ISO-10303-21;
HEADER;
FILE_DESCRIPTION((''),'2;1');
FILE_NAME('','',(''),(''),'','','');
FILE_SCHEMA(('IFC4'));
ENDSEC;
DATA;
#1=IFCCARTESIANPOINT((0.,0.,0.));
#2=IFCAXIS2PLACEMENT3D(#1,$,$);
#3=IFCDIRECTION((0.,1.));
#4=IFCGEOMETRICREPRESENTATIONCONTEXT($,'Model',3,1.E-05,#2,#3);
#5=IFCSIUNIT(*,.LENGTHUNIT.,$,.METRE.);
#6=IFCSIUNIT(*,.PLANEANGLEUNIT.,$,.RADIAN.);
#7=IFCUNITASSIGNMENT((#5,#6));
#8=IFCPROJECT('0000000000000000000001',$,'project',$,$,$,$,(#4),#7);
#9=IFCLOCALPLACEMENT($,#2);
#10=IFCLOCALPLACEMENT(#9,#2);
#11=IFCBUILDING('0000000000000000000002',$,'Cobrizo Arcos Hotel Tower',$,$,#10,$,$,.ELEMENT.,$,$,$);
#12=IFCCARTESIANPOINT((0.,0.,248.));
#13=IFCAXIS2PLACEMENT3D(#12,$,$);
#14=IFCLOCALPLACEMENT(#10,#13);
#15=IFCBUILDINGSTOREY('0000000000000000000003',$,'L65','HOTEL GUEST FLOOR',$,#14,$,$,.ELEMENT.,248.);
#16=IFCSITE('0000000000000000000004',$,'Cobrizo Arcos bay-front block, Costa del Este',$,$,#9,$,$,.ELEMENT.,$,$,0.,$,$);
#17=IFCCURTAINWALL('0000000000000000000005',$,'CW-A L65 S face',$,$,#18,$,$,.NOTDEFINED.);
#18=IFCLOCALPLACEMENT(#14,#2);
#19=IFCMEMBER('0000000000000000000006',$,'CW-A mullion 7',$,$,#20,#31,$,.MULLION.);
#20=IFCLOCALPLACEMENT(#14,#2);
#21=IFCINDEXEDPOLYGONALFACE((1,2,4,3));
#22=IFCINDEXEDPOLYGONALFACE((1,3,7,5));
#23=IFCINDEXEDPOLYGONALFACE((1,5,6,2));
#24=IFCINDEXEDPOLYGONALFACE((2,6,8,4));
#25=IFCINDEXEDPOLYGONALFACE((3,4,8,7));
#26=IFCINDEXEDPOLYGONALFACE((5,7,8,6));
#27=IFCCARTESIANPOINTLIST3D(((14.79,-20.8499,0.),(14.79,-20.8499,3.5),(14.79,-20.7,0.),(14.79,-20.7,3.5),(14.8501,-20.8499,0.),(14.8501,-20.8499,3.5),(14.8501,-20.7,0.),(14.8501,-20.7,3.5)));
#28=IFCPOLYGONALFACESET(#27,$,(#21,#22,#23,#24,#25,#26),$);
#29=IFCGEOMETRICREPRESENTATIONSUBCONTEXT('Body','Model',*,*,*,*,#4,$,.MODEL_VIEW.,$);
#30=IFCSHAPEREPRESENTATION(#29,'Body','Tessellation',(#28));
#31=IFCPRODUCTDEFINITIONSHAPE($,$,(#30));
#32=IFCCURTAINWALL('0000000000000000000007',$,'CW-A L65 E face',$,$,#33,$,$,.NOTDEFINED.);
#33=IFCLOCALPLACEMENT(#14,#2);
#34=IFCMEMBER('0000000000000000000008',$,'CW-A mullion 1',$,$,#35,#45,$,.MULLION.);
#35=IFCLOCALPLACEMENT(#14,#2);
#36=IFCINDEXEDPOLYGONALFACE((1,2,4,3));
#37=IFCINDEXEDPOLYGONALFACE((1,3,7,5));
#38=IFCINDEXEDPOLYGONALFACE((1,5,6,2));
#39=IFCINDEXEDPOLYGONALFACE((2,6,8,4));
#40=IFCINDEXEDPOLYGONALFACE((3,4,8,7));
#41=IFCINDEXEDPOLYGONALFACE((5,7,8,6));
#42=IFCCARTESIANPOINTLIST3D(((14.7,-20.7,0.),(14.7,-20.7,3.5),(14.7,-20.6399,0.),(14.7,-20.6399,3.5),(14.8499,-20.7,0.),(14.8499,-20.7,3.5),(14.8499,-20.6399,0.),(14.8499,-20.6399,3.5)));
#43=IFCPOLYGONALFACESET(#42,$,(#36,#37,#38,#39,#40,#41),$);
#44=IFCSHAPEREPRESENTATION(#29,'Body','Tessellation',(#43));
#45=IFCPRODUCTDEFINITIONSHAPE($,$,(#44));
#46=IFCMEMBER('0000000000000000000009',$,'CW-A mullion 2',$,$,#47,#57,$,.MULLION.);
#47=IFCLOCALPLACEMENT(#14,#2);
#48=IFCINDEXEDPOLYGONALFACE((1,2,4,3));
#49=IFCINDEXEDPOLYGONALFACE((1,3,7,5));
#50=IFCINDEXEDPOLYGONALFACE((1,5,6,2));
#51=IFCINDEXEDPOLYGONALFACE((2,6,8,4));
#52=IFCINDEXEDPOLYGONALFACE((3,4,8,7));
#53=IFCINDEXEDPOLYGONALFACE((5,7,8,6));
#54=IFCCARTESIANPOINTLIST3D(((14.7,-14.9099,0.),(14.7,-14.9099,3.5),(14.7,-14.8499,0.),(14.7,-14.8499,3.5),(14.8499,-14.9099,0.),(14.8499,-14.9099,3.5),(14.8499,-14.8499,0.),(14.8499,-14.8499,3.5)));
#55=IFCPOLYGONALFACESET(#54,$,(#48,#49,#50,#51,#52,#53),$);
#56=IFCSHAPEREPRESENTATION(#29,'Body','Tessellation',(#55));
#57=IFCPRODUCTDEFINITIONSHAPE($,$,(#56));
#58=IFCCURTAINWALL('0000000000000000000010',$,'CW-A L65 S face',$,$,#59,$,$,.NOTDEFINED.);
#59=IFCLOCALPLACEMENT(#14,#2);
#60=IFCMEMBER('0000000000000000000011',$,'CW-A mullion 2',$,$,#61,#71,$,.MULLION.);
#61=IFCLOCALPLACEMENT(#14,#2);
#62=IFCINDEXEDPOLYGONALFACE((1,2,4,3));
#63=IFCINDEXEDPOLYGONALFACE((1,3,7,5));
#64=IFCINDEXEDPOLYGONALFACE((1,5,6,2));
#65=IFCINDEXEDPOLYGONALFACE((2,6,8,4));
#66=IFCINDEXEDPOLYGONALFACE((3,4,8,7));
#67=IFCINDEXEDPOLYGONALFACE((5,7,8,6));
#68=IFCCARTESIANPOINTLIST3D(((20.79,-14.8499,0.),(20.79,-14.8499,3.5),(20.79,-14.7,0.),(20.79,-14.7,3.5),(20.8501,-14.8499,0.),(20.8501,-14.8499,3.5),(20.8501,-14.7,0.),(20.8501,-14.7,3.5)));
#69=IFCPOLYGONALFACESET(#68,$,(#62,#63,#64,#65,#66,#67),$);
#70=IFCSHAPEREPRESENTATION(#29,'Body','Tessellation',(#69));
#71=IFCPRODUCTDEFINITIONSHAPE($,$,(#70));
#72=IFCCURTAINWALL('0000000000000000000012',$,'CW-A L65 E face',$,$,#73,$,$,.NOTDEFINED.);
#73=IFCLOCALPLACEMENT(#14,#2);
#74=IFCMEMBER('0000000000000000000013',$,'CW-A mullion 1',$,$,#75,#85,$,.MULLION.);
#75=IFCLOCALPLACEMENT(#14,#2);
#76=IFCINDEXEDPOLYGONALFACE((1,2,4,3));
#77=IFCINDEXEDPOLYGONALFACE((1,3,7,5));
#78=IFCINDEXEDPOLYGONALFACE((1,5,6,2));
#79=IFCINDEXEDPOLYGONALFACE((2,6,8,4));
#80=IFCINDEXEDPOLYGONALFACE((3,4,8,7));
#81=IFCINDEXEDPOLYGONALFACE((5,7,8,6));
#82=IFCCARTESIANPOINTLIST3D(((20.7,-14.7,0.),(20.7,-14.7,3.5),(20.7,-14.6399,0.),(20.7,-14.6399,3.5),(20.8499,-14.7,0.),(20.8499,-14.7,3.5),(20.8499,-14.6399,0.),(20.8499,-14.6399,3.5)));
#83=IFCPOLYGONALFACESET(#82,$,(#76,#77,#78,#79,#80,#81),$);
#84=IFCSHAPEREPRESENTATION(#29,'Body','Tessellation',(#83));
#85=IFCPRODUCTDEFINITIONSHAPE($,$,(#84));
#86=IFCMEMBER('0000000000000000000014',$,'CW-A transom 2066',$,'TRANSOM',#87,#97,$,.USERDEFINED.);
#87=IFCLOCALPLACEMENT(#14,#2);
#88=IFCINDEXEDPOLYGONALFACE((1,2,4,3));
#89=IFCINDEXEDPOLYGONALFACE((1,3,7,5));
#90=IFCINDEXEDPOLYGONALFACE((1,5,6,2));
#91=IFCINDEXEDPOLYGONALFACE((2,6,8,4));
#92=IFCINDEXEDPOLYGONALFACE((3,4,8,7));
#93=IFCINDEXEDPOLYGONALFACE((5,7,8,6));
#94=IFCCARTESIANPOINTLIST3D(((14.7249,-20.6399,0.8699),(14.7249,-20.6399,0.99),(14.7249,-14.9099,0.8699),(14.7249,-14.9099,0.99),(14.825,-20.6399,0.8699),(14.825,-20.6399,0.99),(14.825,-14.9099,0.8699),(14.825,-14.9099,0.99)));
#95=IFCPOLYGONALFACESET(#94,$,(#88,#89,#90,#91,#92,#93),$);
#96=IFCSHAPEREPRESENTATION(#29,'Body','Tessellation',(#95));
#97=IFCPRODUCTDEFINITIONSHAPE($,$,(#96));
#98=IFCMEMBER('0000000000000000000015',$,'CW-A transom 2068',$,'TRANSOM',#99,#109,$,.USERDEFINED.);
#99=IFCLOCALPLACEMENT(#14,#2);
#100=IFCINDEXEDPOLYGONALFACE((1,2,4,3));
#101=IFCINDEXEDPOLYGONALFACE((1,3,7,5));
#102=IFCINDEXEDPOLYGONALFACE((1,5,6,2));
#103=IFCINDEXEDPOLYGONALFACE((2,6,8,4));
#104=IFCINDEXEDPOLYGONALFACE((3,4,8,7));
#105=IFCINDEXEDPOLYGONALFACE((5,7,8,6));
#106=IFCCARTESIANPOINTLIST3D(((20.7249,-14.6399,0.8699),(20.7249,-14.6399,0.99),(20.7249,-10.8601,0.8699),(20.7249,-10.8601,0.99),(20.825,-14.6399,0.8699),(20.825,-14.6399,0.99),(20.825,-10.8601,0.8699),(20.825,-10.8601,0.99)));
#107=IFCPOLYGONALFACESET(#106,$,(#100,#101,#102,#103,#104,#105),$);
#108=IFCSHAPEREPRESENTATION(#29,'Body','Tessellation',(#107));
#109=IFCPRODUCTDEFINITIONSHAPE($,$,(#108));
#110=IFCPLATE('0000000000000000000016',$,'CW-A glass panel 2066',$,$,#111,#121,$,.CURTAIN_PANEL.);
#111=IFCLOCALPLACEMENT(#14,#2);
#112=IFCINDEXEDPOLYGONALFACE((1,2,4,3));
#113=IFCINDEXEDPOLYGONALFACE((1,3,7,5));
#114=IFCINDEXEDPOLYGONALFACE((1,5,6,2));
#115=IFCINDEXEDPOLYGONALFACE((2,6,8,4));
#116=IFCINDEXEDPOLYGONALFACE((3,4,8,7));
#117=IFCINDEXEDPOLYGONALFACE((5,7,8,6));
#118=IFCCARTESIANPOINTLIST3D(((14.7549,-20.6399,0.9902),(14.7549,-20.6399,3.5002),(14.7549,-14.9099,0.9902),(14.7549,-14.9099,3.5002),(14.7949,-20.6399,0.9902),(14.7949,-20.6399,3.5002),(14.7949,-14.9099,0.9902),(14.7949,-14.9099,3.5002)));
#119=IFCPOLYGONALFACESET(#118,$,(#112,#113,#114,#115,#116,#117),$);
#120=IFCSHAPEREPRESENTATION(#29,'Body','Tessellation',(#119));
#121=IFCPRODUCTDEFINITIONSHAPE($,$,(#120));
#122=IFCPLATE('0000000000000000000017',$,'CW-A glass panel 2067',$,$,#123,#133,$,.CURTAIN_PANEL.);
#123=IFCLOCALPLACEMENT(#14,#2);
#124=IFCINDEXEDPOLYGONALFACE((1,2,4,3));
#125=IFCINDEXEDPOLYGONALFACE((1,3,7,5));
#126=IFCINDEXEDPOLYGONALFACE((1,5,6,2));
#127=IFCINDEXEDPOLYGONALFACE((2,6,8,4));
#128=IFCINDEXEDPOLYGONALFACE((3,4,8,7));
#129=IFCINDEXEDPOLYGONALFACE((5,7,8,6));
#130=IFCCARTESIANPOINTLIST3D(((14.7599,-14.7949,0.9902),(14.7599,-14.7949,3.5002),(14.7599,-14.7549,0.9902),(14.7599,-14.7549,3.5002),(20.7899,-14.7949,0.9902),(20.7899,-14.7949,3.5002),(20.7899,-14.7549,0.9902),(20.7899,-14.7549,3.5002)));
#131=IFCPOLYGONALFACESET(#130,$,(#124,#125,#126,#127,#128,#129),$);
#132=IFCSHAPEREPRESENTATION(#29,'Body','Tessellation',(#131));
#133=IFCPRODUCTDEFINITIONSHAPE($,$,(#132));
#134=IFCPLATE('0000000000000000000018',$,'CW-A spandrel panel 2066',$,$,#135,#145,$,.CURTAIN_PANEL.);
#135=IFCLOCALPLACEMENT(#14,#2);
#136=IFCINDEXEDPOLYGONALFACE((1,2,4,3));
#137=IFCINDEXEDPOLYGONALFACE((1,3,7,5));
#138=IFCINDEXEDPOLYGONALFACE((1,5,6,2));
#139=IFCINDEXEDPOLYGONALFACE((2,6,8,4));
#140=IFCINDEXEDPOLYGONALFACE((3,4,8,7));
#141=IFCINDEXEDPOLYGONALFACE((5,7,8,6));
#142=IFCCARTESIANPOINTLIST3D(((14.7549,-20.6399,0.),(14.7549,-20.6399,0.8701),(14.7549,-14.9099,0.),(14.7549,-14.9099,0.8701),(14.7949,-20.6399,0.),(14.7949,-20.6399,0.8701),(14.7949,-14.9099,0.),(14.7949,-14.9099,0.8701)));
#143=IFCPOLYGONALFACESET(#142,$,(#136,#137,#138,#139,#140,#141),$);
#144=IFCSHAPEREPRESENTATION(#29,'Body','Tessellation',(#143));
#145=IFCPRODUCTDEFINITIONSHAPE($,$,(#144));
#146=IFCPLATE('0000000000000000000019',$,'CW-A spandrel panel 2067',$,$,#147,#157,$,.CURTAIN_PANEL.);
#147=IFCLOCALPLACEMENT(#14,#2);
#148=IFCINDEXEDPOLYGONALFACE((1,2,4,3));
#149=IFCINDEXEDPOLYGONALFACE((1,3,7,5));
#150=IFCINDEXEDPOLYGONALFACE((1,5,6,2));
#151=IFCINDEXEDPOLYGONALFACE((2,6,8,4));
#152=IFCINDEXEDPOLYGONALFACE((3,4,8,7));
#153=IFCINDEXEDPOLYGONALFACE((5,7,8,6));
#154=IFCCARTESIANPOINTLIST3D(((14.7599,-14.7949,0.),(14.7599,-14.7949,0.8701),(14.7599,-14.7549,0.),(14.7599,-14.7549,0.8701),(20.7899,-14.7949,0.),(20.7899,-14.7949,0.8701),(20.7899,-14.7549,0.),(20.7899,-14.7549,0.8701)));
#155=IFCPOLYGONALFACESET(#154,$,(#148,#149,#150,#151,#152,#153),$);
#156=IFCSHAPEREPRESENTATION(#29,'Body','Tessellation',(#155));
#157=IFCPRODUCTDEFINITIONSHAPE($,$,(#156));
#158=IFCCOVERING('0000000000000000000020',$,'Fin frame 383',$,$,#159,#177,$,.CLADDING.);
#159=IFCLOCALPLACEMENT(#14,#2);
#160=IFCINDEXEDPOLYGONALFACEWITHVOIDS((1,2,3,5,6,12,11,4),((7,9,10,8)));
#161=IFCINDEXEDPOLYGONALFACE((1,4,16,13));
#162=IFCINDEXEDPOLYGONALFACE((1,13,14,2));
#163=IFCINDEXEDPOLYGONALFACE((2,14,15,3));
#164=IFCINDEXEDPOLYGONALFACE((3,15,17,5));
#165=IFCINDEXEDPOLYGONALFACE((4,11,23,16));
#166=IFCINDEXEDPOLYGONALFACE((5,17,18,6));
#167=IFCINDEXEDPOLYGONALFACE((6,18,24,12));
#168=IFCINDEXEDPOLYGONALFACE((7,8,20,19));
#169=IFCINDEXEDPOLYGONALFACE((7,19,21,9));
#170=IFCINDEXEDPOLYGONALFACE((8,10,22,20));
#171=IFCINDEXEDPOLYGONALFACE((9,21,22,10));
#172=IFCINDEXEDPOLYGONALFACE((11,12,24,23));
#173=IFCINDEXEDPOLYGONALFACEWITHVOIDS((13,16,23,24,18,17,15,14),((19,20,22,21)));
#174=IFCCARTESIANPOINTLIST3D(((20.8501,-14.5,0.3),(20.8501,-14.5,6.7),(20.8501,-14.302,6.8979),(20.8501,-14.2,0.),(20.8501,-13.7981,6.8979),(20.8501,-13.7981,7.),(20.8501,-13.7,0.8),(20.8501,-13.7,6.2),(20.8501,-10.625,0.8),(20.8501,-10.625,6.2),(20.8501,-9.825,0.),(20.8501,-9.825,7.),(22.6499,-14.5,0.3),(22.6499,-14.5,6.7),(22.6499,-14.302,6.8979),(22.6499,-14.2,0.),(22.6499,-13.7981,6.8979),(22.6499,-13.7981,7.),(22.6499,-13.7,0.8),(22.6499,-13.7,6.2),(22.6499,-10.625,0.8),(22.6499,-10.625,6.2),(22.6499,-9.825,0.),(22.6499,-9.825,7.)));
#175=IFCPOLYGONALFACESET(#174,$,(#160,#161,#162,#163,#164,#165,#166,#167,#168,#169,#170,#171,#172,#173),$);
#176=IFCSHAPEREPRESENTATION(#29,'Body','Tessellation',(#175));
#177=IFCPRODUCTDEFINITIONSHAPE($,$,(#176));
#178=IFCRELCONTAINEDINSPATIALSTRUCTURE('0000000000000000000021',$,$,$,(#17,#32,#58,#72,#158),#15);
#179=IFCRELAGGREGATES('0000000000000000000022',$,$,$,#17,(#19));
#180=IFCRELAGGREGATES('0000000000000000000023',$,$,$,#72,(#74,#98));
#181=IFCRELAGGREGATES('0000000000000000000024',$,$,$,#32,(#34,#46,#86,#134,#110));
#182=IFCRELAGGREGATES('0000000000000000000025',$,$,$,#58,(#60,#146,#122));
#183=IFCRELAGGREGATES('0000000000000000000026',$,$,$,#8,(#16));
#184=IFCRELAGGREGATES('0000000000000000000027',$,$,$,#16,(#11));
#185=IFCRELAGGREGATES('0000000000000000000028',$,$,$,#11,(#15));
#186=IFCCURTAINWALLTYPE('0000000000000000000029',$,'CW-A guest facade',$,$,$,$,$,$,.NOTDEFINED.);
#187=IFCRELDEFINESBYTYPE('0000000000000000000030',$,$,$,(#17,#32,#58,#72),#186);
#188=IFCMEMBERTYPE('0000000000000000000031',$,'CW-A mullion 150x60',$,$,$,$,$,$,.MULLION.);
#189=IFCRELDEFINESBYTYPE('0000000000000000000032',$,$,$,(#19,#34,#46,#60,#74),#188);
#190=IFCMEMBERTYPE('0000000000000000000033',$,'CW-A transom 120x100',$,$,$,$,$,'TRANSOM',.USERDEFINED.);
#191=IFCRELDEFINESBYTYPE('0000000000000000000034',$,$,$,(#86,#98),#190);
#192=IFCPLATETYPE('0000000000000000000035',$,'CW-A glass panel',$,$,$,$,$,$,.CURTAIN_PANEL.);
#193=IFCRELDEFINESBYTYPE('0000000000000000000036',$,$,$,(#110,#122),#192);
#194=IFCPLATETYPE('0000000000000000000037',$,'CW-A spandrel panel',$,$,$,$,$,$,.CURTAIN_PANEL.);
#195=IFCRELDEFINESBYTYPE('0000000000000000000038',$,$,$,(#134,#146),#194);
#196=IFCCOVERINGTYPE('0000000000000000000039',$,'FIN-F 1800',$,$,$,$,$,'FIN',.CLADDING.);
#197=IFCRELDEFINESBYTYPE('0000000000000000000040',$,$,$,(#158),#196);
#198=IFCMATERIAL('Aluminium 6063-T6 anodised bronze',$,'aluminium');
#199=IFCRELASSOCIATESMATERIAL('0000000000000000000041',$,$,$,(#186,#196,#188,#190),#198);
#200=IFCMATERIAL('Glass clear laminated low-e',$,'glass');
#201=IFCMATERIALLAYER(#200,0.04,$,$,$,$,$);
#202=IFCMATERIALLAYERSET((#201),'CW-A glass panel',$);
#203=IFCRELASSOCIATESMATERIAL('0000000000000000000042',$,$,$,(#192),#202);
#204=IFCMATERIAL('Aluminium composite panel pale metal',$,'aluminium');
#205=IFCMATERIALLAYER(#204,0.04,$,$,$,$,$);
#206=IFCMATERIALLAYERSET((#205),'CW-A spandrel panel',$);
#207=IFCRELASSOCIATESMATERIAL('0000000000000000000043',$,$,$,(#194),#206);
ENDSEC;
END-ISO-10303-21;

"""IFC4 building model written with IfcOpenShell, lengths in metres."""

from ifc_helpers import new_model, si_unit, direction, frame, origin, origin_2d, place, context, subcontext, project, spatial, polyline, rectangle, outline, extrude, material, layer, layer_set, material_profile, profile_set, type_object, element, aggregate, save


model = new_model("IFC4")

# Units and contexts
model_context = context("Model", 3, precision=1e-05, world=origin(), true_north=direction((0.0, 1.0)))
body_context = subcontext(model_context, "Body", "Model", "MODEL_VIEW")
ifc_project = project(units=[si_unit("LENGTHUNIT", "METRE"), si_unit("PLANEANGLEUNIT", "RADIAN")], contexts=[model_context])

# Site, building, storey
site_placement = place(None, origin())
site = spatial("IfcSite", under=ifc_project, at=site_placement, Name="Cobrizo Arcos bay-front block, Costa del Este", CompositionType="ELEMENT", RefElevation=0.0)
building_placement = place(site_placement, origin())
building = spatial("IfcBuilding", under=site, at=building_placement, Name="Cobrizo Arcos Hotel Tower", CompositionType="ELEMENT")
storey_placement = place(building_placement, frame((0.0, 0.0, 248.0)))
storey = spatial("IfcBuildingStorey", under=building, at=storey_placement, Name="L65", Description="HOTEL GUEST FLOOR", CompositionType="ELEMENT", Elevation=248.0)

# Curtain wall, member
ifc_material_1 = material(Name="Aluminium 6063-T6 anodised bronze", Category="aluminium")
curtain_wall_type = type_object("IfcCurtainWallType", Name="CW-A guest facade", PredefinedType="NOTDEFINED", material=ifc_material_1)
curtain_wall_1_placement = place(storey_placement, origin())
curtain_wall_1 = element("IfcCurtainWall", 1, at=curtain_wall_1_placement, inside=storey, type_object=curtain_wall_type, Name="CW-A L65 S face", PredefinedType="NOTDEFINED")
ifc_material_profile_1 = material_profile(ifc_material_1, rectangle(XDim=0.1499, YDim=0.0601, at=origin_2d()), Name="CW-A mullion 150x60")
ifc_profile_set_1 = profile_set([ifc_material_profile_1], Name="Aluminium 6063-T6 anodised bronze")
member_type_1 = type_object("IfcMemberType", Name="CW-A mullion 150x60", PredefinedType="MULLION", material=ifc_profile_set_1)
member_1_placement = place(storey_placement, frame((14.8201, -20.7749, 0.0), z_axis=(0.0, 0.0, 1.0), x_axis=(0.0, -1.0, 0.0)))
member_1 = element("IfcMember", 2, at=member_1_placement, type_object=member_type_1, Name="CW-A mullion 7", PredefinedType="MULLION", context=body_context, shape_type="SweptSolid", body=[
    extrude(rectangle(XDim=0.1499, YDim=0.0601, at=origin_2d()), origin(), (0.0, 0.0, 1.0), 3.5),
])
aggregate(curtain_wall_1, [member_1])

# Curtain wall, members
curtain_wall_2_placement = place(storey_placement, origin())
curtain_wall_2 = element("IfcCurtainWall", 3, at=curtain_wall_2_placement, inside=storey, type_object=curtain_wall_type, Name="CW-A L65 E face", PredefinedType="NOTDEFINED")
member_2_placement = place(storey_placement, frame((14.7749, -20.6699, 0.0), z_axis=(0.0, 0.0, 1.0), x_axis=(1.0, 0.0, 0.0)))
member_2 = element("IfcMember", 4, at=member_2_placement, type_object=member_type_1, Name="CW-A mullion 1", PredefinedType="MULLION", context=body_context, shape_type="SweptSolid", body=[
    extrude(rectangle(XDim=0.1499, YDim=0.0601, at=origin_2d()), origin(), (0.0, 0.0, 1.0), 3.5),
])
member_3_placement = place(storey_placement, frame((14.7749, -14.8799, 0.0), z_axis=(0.0, 0.0, 1.0), x_axis=(1.0, 0.0, 0.0)))
member_3 = element("IfcMember", 5, at=member_3_placement, type_object=member_type_1, Name="CW-A mullion 2", PredefinedType="MULLION", context=body_context, shape_type="SweptSolid", body=[
    extrude(rectangle(XDim=0.1499, YDim=0.0601, at=origin_2d()), origin(), (0.0, 0.0, 1.0), 3.5),
])

# Curtain walls, members
curtain_wall_3_placement = place(storey_placement, origin())
curtain_wall_3 = element("IfcCurtainWall", 6, at=curtain_wall_3_placement, inside=storey, type_object=curtain_wall_type, Name="CW-A L65 S face", PredefinedType="NOTDEFINED")
member_4_placement = place(storey_placement, frame((20.8201, -14.7749, 0.0), z_axis=(0.0, 0.0, 1.0), x_axis=(0.0, -1.0, 0.0)))
member_4 = element("IfcMember", 7, at=member_4_placement, type_object=member_type_1, Name="CW-A mullion 2", PredefinedType="MULLION", context=body_context, shape_type="SweptSolid", body=[
    extrude(rectangle(XDim=0.1499, YDim=0.0601, at=origin_2d()), origin(), (0.0, 0.0, 1.0), 3.5),
])
curtain_wall_4_placement = place(storey_placement, origin())
curtain_wall_4 = element("IfcCurtainWall", 8, at=curtain_wall_4_placement, inside=storey, type_object=curtain_wall_type, Name="CW-A L65 E face", PredefinedType="NOTDEFINED")
member_5_placement = place(storey_placement, frame((20.7749, -14.6699, 0.0), z_axis=(0.0, 0.0, 1.0), x_axis=(1.0, 0.0, 0.0)))
member_5 = element("IfcMember", 9, at=member_5_placement, type_object=member_type_1, Name="CW-A mullion 1", PredefinedType="MULLION", context=body_context, shape_type="SweptSolid", body=[
    extrude(rectangle(XDim=0.1499, YDim=0.0601, at=origin_2d()), origin(), (0.0, 0.0, 1.0), 3.5),
])

# Members
ifc_material_profile_2 = material_profile(ifc_material_1, rectangle(XDim=0.1001, YDim=0.1201, at=origin_2d()), Name="CW-A transom 120x100")
ifc_profile_set_2 = profile_set([ifc_material_profile_2], Name="Aluminium 6063-T6 anodised bronze")
member_type_2 = type_object("IfcMemberType", Name="CW-A transom 120x100", ElementType="TRANSOM", PredefinedType="USERDEFINED", material=ifc_profile_set_2)
member_6_placement = place(storey_placement, frame((14.7749, -20.6399, 0.9299), z_axis=(0.0, 1.0, 0.0), x_axis=(-1.0, 0.0, 0.0)))
member_6 = element("IfcMember", 10, at=member_6_placement, type_object=member_type_2, Name="CW-A transom 2066", ObjectType="TRANSOM", PredefinedType="USERDEFINED", context=body_context, shape_type="SweptSolid", body=[
    extrude(rectangle(XDim=0.1001, YDim=0.1201, at=origin_2d()), origin(), (0.0, 0.0, 1.0), 5.73),
])
member_7_placement = place(storey_placement, frame((20.7749, -14.6399, 0.9299), z_axis=(0.0, 1.0, 0.0), x_axis=(-1.0, 0.0, 0.0)))
member_7 = element("IfcMember", 11, at=member_7_placement, type_object=member_type_2, Name="CW-A transom 2068", ObjectType="TRANSOM", PredefinedType="USERDEFINED", context=body_context, shape_type="SweptSolid", body=[
    extrude(rectangle(XDim=0.1001, YDim=0.1201, at=origin_2d()), origin(), (0.0, 0.0, 1.0), 3.7798),
])
aggregate(curtain_wall_4, [member_5, member_7])

# Plates
ifc_material_2 = material(Name="Glass clear laminated low-e", Category="glass")
ifc_layer_1 = layer(ifc_material_2, 0.04)
ifc_layer_set_1 = layer_set([ifc_layer_1], Name="CW-A glass panel")
plate_type_1 = type_object("IfcPlateType", Name="CW-A glass panel", PredefinedType="CURTAIN_PANEL", material=ifc_layer_set_1)
plate_1_placement = place(storey_placement, frame((14.7749, -17.7749, 0.9902), z_axis=(0.0, 0.0, 1.0), x_axis=(0.0, 1.0, 0.0)))
plate_1 = element("IfcPlate", 12, at=plate_1_placement, type_object=plate_type_1, Name="CW-A glass panel 2066", PredefinedType="CURTAIN_PANEL", context=body_context, shape_type="SweptSolid", body=[
    extrude(rectangle(XDim=5.73, YDim=0.04, at=origin_2d()), origin(), (0.0, 0.0, 1.0), 2.51),
])
plate_2_placement = place(storey_placement, frame((17.7749, -14.7749, 0.9902), z_axis=(0.0, 0.0, 1.0), x_axis=(1.0, 0.0, 0.0)))
plate_2 = element("IfcPlate", 13, at=plate_2_placement, type_object=plate_type_1, Name="CW-A glass panel 2067", PredefinedType="CURTAIN_PANEL", context=body_context, shape_type="SweptSolid", body=[
    extrude(rectangle(XDim=6.03, YDim=0.04, at=origin_2d()), origin(), (0.0, 0.0, 1.0), 2.51),
])
ifc_material_3 = material(Name="Aluminium composite panel pale metal", Category="aluminium")
ifc_layer_2 = layer(ifc_material_3, 0.04)
ifc_layer_set_2 = layer_set([ifc_layer_2], Name="CW-A spandrel panel")
plate_type_2 = type_object("IfcPlateType", Name="CW-A spandrel panel", PredefinedType="CURTAIN_PANEL", material=ifc_layer_set_2)
plate_3_placement = place(storey_placement, frame((14.7749, -17.7749, 0.0), z_axis=(0.0, 0.0, 1.0), x_axis=(0.0, 1.0, 0.0)))
plate_3 = element("IfcPlate", 14, at=plate_3_placement, type_object=plate_type_2, Name="CW-A spandrel panel 2066", PredefinedType="CURTAIN_PANEL", context=body_context, shape_type="SweptSolid", body=[
    extrude(rectangle(XDim=5.73, YDim=0.04, at=origin_2d()), origin(), (0.0, 0.0, 1.0), 0.8701),
])
aggregate(curtain_wall_2, [member_2, member_3, member_6, plate_3, plate_1])
plate_4_placement = place(storey_placement, frame((17.7749, -14.7749, 0.0), z_axis=(0.0, 0.0, 1.0), x_axis=(1.0, 0.0, 0.0)))
plate_4 = element("IfcPlate", 15, at=plate_4_placement, type_object=plate_type_2, Name="CW-A spandrel panel 2067", PredefinedType="CURTAIN_PANEL", context=body_context, shape_type="SweptSolid", body=[
    extrude(rectangle(XDim=6.03, YDim=0.04, at=origin_2d()), origin(), (0.0, 0.0, 1.0), 0.8701),
])
aggregate(curtain_wall_3, [member_4, plate_4, plate_2])

# Covering
covering_type = type_object("IfcCoveringType", Name="FIN-F 1800", ElementType="FIN", PredefinedType="CLADDING", material=ifc_material_1)
covering_placement = place(storey_placement, frame((20.8501, -14.5, 0.0), z_axis=(1.0, 0.0, 0.0), x_axis=(0.0, 1.0, 0.0)))
element("IfcCovering", 16, at=covering_placement, inside=storey, type_object=covering_type, Name="Fin frame 383", PredefinedType="CLADDING", context=body_context, shape_type="SweptSolid", body=[
    extrude(outline(polyline([(4.675, 7.0), (0.7019, 7.0), (0.7019, 6.8979), (0.198, 6.8979), (0.0, 6.7), (0.0, 0.3), (0.3, 0.0), (4.675, 0.0), (4.675, 7.0)]), holes=[polyline([(3.875, 0.8), (0.8, 0.8), (0.8, 6.2), (3.875, 6.2), (3.875, 0.8)])]), origin(), (0.0, 0.0, 1.0), 1.7998),
])

save(model, "model.ifc")
